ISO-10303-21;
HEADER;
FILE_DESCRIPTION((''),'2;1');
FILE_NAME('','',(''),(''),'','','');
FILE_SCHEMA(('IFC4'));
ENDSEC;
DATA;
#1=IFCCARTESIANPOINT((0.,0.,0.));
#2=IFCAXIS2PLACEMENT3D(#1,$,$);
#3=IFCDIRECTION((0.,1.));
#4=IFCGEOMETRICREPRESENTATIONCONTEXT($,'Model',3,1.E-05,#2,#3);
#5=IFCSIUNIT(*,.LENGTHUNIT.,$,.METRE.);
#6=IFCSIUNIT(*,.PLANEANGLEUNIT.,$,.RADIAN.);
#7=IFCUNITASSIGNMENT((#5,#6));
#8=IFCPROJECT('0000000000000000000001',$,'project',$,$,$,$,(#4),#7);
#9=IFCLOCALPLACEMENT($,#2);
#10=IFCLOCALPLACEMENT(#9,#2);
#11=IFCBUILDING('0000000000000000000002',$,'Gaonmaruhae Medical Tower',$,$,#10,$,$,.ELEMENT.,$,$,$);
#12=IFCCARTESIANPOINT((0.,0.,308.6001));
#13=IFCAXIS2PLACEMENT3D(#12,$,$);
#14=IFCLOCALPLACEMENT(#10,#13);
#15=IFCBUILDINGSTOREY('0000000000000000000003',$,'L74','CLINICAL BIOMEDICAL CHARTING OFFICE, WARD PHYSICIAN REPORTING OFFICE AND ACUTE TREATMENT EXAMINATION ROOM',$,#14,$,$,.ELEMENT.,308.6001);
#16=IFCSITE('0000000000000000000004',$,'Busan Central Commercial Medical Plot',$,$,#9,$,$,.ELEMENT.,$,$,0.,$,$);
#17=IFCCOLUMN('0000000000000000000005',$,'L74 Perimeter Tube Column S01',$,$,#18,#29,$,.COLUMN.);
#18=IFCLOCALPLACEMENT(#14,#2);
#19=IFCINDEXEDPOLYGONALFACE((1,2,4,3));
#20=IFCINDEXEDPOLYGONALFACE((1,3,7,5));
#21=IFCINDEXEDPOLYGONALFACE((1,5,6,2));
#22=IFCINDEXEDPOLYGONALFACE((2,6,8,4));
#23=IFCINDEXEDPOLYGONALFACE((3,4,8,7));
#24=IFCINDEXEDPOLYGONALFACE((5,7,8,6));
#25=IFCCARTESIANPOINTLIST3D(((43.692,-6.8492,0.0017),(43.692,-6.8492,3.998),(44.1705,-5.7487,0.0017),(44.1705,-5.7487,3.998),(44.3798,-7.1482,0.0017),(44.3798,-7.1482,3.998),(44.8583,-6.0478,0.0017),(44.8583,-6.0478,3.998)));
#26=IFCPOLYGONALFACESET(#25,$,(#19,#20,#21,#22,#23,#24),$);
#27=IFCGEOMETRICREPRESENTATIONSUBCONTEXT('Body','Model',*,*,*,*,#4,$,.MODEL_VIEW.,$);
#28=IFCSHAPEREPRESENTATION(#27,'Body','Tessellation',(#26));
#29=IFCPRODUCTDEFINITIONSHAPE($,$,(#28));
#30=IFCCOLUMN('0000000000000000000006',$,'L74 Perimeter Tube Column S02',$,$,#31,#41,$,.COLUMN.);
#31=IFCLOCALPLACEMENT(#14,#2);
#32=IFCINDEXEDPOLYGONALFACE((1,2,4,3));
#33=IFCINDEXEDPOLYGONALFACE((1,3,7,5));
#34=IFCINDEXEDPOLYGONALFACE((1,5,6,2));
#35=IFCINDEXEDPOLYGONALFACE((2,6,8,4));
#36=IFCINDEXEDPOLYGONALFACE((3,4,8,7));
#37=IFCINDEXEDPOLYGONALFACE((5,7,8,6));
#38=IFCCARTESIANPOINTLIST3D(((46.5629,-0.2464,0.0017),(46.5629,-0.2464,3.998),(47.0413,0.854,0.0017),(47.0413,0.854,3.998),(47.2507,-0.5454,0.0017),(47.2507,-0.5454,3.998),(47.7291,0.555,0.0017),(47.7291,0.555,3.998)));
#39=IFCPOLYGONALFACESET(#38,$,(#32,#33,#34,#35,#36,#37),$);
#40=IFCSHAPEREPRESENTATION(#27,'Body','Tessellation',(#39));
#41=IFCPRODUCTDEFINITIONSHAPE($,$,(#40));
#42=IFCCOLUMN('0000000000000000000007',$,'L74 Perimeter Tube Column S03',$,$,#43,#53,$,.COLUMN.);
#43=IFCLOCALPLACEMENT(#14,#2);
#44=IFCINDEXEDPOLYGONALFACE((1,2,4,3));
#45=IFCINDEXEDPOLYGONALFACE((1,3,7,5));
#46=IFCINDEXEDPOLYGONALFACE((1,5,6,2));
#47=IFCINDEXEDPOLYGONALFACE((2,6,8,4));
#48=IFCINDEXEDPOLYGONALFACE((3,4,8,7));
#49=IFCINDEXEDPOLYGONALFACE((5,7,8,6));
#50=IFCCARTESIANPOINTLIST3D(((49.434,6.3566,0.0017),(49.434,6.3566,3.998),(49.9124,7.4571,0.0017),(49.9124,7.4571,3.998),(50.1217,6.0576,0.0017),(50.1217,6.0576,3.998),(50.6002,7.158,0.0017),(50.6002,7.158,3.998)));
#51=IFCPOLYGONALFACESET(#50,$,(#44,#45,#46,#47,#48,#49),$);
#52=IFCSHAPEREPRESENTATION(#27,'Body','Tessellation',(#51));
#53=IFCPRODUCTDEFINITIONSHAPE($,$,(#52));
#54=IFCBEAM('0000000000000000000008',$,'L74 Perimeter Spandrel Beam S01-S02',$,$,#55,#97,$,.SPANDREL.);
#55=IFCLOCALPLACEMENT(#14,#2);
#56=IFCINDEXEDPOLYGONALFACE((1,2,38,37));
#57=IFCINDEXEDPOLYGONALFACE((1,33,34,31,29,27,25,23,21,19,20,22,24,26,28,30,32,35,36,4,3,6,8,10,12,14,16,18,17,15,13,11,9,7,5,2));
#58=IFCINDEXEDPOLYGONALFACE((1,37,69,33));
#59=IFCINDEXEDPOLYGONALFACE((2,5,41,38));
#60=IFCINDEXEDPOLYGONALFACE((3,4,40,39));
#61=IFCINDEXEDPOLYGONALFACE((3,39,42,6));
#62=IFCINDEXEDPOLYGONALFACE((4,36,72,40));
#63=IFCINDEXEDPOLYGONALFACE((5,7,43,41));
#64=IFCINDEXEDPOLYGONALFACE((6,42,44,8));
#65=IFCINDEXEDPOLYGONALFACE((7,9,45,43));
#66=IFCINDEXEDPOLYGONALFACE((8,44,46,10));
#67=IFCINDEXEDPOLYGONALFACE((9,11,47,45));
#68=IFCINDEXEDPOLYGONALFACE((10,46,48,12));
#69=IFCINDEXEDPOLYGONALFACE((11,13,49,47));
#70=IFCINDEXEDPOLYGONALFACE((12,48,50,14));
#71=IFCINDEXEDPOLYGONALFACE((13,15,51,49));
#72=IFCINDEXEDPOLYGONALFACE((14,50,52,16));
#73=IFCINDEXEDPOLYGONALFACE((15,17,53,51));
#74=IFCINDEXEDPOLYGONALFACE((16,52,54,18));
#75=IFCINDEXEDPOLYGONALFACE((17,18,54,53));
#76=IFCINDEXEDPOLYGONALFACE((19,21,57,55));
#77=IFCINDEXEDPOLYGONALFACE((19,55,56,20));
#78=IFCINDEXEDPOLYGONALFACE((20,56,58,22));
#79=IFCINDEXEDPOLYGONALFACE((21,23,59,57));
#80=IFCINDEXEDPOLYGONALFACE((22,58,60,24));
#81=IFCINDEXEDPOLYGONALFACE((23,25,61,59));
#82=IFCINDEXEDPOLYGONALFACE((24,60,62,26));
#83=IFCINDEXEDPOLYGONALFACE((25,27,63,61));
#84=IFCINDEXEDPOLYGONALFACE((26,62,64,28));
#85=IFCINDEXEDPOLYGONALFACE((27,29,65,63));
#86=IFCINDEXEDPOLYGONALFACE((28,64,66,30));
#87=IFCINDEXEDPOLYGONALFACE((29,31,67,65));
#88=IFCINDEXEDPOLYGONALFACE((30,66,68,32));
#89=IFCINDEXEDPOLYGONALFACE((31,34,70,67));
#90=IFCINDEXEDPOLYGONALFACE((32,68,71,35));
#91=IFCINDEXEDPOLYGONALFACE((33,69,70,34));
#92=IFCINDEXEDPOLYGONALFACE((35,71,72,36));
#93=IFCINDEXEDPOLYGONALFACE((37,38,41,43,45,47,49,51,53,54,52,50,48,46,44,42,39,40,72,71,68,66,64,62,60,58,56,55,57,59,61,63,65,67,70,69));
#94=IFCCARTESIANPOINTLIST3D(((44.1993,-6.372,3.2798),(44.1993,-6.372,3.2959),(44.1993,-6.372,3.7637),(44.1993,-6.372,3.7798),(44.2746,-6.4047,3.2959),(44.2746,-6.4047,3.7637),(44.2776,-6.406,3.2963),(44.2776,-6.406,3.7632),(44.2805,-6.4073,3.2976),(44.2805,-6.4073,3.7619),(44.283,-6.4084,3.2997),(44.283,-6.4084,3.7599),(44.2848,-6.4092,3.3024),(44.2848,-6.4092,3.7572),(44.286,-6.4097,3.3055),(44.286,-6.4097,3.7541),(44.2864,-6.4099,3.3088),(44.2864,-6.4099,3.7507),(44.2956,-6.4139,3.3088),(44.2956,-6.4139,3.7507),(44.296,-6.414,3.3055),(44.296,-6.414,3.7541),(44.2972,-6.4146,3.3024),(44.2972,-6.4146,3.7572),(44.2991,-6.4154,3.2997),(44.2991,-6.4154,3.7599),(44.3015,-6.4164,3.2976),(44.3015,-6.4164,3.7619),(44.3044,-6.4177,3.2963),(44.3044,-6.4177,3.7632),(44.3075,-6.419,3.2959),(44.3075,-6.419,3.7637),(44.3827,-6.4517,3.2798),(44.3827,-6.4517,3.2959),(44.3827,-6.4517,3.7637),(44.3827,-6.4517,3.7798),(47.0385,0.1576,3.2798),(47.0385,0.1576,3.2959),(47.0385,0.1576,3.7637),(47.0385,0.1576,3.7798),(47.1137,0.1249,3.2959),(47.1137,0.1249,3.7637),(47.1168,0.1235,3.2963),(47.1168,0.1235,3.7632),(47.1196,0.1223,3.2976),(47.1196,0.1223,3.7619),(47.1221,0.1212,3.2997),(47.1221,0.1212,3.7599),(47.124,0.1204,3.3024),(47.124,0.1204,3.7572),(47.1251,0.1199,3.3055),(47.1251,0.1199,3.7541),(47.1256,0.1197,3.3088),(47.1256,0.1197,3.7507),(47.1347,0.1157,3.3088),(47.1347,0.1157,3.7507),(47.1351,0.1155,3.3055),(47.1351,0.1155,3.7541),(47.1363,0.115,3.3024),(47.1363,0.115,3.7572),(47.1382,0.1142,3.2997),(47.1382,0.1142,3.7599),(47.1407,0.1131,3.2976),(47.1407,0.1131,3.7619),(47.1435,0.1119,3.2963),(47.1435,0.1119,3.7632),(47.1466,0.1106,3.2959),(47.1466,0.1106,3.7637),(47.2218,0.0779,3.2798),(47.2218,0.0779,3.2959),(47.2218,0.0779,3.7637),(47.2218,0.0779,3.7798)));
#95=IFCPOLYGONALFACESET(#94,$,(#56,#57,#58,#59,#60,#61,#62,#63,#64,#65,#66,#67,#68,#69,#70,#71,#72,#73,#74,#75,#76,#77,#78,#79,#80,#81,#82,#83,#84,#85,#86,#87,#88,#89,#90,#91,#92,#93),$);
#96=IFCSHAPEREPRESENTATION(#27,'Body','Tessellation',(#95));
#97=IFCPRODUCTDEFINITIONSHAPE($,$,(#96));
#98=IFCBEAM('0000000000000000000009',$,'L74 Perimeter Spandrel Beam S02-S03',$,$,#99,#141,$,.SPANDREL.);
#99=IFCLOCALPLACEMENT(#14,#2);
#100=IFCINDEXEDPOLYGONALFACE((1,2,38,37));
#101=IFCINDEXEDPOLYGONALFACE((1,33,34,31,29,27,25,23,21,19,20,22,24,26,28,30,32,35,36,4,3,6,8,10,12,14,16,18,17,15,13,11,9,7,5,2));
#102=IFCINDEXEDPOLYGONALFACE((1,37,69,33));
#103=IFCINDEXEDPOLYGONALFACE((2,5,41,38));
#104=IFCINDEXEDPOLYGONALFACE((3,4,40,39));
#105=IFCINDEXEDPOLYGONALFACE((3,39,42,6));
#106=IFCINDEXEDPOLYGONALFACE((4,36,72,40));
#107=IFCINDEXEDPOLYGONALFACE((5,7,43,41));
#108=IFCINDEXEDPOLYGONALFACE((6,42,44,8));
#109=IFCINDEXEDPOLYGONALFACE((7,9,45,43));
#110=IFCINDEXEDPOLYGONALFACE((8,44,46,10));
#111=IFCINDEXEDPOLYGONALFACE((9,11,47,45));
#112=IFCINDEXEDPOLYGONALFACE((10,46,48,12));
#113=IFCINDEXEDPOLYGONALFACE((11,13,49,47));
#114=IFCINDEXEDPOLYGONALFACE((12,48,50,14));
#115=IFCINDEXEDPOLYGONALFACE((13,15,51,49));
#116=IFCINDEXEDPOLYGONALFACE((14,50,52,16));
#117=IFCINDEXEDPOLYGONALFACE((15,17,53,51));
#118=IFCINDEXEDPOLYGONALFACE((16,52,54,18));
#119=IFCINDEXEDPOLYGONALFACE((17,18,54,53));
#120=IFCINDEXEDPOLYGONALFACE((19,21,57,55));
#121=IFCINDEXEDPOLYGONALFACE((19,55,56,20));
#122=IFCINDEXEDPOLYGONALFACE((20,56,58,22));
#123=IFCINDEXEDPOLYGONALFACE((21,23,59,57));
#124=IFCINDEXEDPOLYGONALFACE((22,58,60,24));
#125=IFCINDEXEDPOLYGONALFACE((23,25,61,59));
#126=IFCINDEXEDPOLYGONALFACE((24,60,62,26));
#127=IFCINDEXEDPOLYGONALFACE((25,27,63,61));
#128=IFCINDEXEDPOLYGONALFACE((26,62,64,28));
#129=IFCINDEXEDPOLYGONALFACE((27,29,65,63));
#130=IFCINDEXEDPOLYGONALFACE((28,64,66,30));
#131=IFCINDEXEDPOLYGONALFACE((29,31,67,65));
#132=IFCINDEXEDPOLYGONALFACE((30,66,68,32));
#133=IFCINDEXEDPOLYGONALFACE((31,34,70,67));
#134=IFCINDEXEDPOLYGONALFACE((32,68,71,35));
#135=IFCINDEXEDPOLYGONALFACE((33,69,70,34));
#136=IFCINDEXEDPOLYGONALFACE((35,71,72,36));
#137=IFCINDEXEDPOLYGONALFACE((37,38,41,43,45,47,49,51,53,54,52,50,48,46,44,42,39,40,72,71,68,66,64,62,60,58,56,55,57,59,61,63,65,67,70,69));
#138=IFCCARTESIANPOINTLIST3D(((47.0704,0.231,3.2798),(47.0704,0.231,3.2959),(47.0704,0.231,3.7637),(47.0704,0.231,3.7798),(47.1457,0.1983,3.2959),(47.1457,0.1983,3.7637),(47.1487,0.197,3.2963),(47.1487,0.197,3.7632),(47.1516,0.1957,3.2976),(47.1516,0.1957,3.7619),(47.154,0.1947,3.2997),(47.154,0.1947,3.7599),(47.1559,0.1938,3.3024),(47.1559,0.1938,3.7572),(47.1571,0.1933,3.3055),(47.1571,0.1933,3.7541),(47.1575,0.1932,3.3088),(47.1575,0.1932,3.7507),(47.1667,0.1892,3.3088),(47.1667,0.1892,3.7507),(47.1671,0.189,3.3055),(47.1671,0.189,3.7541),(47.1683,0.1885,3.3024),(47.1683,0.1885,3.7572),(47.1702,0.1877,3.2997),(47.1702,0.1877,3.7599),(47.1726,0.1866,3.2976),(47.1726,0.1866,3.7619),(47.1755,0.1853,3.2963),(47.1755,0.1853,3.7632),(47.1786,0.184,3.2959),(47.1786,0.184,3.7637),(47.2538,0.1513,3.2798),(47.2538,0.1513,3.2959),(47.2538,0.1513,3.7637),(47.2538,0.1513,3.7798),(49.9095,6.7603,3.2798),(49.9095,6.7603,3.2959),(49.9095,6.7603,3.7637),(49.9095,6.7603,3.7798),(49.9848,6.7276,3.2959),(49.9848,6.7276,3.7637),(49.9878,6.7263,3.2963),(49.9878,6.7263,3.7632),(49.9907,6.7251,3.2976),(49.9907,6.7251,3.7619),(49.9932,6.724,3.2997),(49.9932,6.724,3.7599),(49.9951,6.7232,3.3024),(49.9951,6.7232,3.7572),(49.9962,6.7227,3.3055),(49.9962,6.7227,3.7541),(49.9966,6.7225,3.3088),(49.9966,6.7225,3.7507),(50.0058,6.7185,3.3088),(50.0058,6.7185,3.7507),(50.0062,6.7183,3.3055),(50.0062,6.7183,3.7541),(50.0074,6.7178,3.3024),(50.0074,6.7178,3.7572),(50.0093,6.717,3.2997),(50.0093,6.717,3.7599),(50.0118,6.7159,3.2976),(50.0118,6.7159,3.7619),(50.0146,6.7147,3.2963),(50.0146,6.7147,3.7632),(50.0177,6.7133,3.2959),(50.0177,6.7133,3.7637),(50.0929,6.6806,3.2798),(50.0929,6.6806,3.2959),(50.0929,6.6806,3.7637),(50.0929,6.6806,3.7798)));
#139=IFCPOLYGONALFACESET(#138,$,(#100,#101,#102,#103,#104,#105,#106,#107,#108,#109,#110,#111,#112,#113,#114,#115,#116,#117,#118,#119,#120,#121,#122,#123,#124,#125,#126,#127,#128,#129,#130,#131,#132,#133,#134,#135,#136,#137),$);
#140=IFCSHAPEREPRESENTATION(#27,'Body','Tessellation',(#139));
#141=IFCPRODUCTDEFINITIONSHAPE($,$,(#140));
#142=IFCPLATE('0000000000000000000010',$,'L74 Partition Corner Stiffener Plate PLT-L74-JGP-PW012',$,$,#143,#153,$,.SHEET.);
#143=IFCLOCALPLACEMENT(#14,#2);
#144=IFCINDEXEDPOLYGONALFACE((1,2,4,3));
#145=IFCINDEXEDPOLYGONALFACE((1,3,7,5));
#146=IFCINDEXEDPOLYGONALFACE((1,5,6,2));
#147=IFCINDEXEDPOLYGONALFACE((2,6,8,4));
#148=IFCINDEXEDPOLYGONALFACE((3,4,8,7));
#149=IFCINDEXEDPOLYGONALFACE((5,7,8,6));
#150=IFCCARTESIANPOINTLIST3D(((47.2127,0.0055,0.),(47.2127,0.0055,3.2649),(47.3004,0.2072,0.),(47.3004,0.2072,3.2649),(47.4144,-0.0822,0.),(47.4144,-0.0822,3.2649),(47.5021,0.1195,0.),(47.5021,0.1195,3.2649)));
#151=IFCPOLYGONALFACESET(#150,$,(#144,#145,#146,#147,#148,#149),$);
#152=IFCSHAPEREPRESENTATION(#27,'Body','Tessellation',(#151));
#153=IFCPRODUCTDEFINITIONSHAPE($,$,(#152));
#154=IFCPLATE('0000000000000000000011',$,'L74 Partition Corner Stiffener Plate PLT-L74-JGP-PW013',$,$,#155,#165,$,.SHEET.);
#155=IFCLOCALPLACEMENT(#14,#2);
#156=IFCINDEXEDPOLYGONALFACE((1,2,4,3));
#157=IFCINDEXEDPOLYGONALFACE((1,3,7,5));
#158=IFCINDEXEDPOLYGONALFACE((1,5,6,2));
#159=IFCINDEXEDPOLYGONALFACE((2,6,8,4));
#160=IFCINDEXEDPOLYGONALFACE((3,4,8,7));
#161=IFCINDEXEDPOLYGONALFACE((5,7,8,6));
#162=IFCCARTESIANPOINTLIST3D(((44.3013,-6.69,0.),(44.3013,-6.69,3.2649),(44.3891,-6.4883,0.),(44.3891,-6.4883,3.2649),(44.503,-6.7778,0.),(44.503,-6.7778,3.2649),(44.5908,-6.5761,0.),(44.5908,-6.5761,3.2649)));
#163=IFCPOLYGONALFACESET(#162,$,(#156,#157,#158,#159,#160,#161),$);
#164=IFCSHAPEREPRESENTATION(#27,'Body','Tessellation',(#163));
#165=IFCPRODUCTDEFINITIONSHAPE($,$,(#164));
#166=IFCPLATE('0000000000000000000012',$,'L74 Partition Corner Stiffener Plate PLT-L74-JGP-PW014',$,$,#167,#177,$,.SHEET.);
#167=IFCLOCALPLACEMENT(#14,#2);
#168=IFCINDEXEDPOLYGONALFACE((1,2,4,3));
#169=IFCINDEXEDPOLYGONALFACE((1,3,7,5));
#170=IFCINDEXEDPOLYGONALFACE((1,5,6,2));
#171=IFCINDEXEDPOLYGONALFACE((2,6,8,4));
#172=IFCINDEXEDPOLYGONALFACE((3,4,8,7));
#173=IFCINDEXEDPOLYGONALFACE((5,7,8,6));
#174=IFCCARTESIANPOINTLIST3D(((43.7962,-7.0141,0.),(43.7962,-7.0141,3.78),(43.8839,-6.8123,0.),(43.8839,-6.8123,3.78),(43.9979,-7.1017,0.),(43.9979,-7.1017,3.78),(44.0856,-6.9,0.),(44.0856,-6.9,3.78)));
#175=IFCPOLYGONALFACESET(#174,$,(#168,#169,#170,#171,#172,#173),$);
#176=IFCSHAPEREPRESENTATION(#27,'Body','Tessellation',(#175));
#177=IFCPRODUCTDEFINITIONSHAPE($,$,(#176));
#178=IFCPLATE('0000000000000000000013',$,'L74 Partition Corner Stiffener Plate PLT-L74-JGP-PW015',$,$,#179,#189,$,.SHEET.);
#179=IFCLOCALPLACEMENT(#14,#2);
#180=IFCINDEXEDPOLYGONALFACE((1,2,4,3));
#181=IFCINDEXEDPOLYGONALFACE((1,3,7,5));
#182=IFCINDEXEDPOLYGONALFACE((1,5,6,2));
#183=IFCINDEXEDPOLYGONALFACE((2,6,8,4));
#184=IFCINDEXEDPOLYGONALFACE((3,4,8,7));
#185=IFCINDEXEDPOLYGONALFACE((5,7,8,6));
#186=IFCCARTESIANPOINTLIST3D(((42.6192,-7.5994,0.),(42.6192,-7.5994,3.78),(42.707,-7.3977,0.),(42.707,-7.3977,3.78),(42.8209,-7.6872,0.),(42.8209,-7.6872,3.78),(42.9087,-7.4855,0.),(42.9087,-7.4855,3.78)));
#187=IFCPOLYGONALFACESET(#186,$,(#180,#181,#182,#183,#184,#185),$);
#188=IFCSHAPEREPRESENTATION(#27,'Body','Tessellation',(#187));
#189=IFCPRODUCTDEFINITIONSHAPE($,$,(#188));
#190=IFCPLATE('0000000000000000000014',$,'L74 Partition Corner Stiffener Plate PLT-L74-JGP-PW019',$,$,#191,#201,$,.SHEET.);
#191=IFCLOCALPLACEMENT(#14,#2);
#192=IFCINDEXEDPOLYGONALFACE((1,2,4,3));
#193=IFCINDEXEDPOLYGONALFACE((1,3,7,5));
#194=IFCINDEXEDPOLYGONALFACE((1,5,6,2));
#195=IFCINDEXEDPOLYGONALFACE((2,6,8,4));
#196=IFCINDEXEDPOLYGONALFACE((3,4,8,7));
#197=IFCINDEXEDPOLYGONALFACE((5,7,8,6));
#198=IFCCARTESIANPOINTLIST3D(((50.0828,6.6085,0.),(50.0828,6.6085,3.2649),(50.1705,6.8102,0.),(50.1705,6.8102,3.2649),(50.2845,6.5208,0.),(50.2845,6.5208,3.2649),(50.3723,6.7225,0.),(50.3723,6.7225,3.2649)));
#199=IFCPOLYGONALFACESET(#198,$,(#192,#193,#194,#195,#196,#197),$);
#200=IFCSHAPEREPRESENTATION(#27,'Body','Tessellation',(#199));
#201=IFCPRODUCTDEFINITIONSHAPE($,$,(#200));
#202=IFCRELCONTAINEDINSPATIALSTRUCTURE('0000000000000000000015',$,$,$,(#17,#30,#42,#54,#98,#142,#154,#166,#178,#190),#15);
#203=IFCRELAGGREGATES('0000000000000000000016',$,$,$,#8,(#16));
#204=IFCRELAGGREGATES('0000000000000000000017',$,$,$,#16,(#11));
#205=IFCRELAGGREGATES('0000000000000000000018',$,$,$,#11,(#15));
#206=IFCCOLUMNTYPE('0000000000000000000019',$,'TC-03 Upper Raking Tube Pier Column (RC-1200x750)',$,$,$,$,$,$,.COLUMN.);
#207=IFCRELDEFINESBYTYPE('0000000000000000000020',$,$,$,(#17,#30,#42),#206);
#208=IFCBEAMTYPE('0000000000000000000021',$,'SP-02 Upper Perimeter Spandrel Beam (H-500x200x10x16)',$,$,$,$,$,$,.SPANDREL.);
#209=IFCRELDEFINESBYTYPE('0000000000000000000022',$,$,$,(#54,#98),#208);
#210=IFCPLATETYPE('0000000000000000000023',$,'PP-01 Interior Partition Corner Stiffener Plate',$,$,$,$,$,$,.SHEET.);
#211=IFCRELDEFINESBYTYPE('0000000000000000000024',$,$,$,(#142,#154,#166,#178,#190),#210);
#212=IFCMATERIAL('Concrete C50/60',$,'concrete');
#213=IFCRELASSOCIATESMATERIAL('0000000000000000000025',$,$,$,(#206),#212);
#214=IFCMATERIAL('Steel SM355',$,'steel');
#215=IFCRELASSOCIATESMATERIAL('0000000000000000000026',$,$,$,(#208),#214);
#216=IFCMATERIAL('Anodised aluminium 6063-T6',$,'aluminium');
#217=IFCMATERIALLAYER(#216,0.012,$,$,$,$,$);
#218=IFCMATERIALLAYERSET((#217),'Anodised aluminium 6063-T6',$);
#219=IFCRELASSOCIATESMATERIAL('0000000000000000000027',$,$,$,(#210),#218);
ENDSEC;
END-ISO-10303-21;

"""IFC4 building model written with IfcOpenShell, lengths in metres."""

from ifc_helpers import new_model, si_unit, direction, frame, origin, origin_2d, place, context, subcontext, project, spatial, rectangle, i_section, extrude, material, layer, layer_set, material_profile, profile_set, type_object, element, save


model = new_model("IFC4")

# Units and contexts
model_context = context("Model", 3, precision=1e-05, world=origin(), true_north=direction((0.0, 1.0)))
body_context = subcontext(model_context, "Body", "Model", "MODEL_VIEW")
ifc_project = project(units=[si_unit("LENGTHUNIT", "METRE"), si_unit("PLANEANGLEUNIT", "RADIAN")], contexts=[model_context])

# Site, building, storey
site_placement = place(None, origin())
site = spatial("IfcSite", under=ifc_project, at=site_placement, Name="Busan Central Commercial Medical Plot", CompositionType="ELEMENT", RefElevation=0.0)
building_placement = place(site_placement, origin())
building = spatial("IfcBuilding", under=site, at=building_placement, Name="Gaonmaruhae Medical Tower", CompositionType="ELEMENT")
storey_placement = place(building_placement, frame((0.0, 0.0, 308.6001)))
storey = spatial("IfcBuildingStorey", under=building, at=storey_placement, Name="L74", Description="CLINICAL BIOMEDICAL CHARTING OFFICE, WARD PHYSICIAN REPORTING OFFICE AND ACUTE TREATMENT EXAMINATION ROOM", CompositionType="ELEMENT", Elevation=308.6001)

# Columns
ifc_material_1 = material(Name="Concrete C50/60", Category="concrete")
ifc_material_profile_1 = material_profile(ifc_material_1, rectangle(XDim=1.2, YDim=0.75, at=origin_2d()), Name="RC-1200x750")
ifc_profile_set_1 = profile_set([ifc_material_profile_1], Name="Concrete C50/60")
column_type = type_object("IfcColumnType", Name="TC-03 Upper Raking Tube Pier Column (RC-1200x750)", PredefinedType="COLUMN", material=ifc_profile_set_1)
for number, where, z_axis, x_axis, name in (
    (1, (44.2751, -6.4485, 0.0017), (0.0, 0.0, 1.0), (0.398749, 0.91706, 0.0), "L74 Perimeter Tube Column S01"),
    (2, (47.146, 0.1543, 0.0017), (0.0, 0.0, 1.0), (0.398749, 0.91706, 0.0), "L74 Perimeter Tube Column S02"),
    (3, (50.0171, 6.7573, 0.0017), (0.0, 0.0, 1.0), (0.398749, 0.91706, 0.0), "L74 Perimeter Tube Column S03"),
):
    element("IfcColumn", number, at=place(storey_placement, frame(where, z_axis=z_axis, x_axis=x_axis)), inside=storey, type_object=column_type, Name=name, PredefinedType="COLUMN", context=body_context, shape_type="SweptSolid", body=[
        extrude(rectangle(XDim=1.2, YDim=0.75, at=origin_2d()), origin(), (0.0, 0.0, 1.0), 3.9963),
    ])

# Beams
ifc_material_2 = material(Name="Steel SM355", Category="steel")
ifc_material_profile_2 = material_profile(ifc_material_2, i_section(OverallWidth=0.2, OverallDepth=0.5, WebThickness=0.01, FlangeThickness=0.0161, FilletRadius=0.0129, at=origin_2d()), Name="H-500x200x10x16")
ifc_profile_set_2 = profile_set([ifc_material_profile_2], Name="Steel SM355")
beam_type = type_object("IfcBeamType", Name="SP-02 Upper Perimeter Spandrel Beam (H-500x200x10x16)", PredefinedType="SPANDREL", material=ifc_profile_set_2)
beam_1_placement = place(storey_placement, frame((44.291, -6.4119, 3.5298), z_axis=(0.398747, 0.917061, 0.0), x_axis=(-0.917061, 0.398747, 0.0)))
element("IfcBeam", 4, at=beam_1_placement, inside=storey, type_object=beam_type, Name="L74 Perimeter Spandrel Beam S01-S02", PredefinedType="SPANDREL", context=body_context, shape_type="SweptSolid", body=[
    extrude(i_section(OverallWidth=0.2, OverallDepth=0.5, WebThickness=0.01, FlangeThickness=0.0161, FilletRadius=0.0129, at=origin_2d()), origin(), (0.0, 0.0, 1.0), 7.1201),
])
beam_2_placement = place(storey_placement, frame((47.1621, 0.1912, 3.5298), z_axis=(0.39876, 0.917055, 0.0), x_axis=(-0.917055, 0.39876, 0.0)))
element("IfcBeam", 5, at=beam_2_placement, inside=storey, type_object=beam_type, Name="L74 Perimeter Spandrel Beam S02-S03", PredefinedType="SPANDREL", context=body_context, shape_type="SweptSolid", body=[
    extrude(i_section(OverallWidth=0.2, OverallDepth=0.5, WebThickness=0.01, FlangeThickness=0.0161, FilletRadius=0.0129, at=origin_2d()), origin(), (0.0, 0.0, 1.0), 7.1199),
])

# Plates
ifc_material_3 = material(Name="Anodised aluminium 6063-T6", Category="aluminium")
ifc_layer_1 = layer(ifc_material_3, 0.012)
ifc_layer_set_1 = layer_set([ifc_layer_1], Name="Anodised aluminium 6063-T6")
plate_type = type_object("IfcPlateType", Name="PP-01 Interior Partition Corner Stiffener Plate", PredefinedType="SHEET", material=ifc_layer_set_1)
for number, where, z_axis, x_axis, name in (
    (6, (47.3574, 0.0625, 0.0), (0.0, 0.0, 1.0), (-0.398765, -0.917053, 0.0), "L74 Partition Corner Stiffener Plate PLT-L74-JGP-PW012"),
    (7, (44.446, -6.6331, 0.0), (0.0, 0.0, 1.0), (-0.399245, -0.916844, 0.0), "L74 Partition Corner Stiffener Plate PLT-L74-JGP-PW013"),
):
    element("IfcPlate", number, at=place(storey_placement, frame(where, z_axis=z_axis, x_axis=x_axis)), inside=storey, type_object=plate_type, Name=name, PredefinedType="SHEET", context=body_context, shape_type="SweptSolid", body=[
        extrude(rectangle(XDim=0.22, YDim=0.22, at=origin_2d()), origin(), (0.0, 0.0, 1.0), 3.2649),
    ])
for number, where, z_axis, x_axis, name in (
    (8, (43.9409, -6.957, 0.0), (0.0, 0.0, 1.0), (-0.917116, 0.398621, 0.0), "L74 Partition Corner Stiffener Plate PLT-L74-JGP-PW014"),
    (9, (42.7639, -7.5425, 0.0), (0.0, 0.0, 1.0), (-0.399165, -0.916879, 0.0), "L74 Partition Corner Stiffener Plate PLT-L74-JGP-PW015"),
):
    element("IfcPlate", number, at=place(storey_placement, frame(where, z_axis=z_axis, x_axis=x_axis)), inside=storey, type_object=plate_type, Name=name, PredefinedType="SHEET", context=body_context, shape_type="SweptSolid", body=[
        extrude(rectangle(XDim=0.22, YDim=0.22, at=origin_2d()), origin(), (0.0, 0.0, 1.0), 3.78),
    ])
plate_placement = place(storey_placement, frame((50.2275, 6.6655, 0.0), z_axis=(0.0, 0.0, 1.0), x_axis=(-0.398765, -0.917053, 0.0)))
element("IfcPlate", 10, at=plate_placement, inside=storey, type_object=plate_type, Name="L74 Partition Corner Stiffener Plate PLT-L74-JGP-PW019", PredefinedType="SHEET", context=body_context, shape_type="SweptSolid", body=[
    extrude(rectangle(XDim=0.22, YDim=0.22, at=origin_2d()), origin(), (0.0, 0.0, 1.0), 3.2649),
])

save(model, "model.ifc")
